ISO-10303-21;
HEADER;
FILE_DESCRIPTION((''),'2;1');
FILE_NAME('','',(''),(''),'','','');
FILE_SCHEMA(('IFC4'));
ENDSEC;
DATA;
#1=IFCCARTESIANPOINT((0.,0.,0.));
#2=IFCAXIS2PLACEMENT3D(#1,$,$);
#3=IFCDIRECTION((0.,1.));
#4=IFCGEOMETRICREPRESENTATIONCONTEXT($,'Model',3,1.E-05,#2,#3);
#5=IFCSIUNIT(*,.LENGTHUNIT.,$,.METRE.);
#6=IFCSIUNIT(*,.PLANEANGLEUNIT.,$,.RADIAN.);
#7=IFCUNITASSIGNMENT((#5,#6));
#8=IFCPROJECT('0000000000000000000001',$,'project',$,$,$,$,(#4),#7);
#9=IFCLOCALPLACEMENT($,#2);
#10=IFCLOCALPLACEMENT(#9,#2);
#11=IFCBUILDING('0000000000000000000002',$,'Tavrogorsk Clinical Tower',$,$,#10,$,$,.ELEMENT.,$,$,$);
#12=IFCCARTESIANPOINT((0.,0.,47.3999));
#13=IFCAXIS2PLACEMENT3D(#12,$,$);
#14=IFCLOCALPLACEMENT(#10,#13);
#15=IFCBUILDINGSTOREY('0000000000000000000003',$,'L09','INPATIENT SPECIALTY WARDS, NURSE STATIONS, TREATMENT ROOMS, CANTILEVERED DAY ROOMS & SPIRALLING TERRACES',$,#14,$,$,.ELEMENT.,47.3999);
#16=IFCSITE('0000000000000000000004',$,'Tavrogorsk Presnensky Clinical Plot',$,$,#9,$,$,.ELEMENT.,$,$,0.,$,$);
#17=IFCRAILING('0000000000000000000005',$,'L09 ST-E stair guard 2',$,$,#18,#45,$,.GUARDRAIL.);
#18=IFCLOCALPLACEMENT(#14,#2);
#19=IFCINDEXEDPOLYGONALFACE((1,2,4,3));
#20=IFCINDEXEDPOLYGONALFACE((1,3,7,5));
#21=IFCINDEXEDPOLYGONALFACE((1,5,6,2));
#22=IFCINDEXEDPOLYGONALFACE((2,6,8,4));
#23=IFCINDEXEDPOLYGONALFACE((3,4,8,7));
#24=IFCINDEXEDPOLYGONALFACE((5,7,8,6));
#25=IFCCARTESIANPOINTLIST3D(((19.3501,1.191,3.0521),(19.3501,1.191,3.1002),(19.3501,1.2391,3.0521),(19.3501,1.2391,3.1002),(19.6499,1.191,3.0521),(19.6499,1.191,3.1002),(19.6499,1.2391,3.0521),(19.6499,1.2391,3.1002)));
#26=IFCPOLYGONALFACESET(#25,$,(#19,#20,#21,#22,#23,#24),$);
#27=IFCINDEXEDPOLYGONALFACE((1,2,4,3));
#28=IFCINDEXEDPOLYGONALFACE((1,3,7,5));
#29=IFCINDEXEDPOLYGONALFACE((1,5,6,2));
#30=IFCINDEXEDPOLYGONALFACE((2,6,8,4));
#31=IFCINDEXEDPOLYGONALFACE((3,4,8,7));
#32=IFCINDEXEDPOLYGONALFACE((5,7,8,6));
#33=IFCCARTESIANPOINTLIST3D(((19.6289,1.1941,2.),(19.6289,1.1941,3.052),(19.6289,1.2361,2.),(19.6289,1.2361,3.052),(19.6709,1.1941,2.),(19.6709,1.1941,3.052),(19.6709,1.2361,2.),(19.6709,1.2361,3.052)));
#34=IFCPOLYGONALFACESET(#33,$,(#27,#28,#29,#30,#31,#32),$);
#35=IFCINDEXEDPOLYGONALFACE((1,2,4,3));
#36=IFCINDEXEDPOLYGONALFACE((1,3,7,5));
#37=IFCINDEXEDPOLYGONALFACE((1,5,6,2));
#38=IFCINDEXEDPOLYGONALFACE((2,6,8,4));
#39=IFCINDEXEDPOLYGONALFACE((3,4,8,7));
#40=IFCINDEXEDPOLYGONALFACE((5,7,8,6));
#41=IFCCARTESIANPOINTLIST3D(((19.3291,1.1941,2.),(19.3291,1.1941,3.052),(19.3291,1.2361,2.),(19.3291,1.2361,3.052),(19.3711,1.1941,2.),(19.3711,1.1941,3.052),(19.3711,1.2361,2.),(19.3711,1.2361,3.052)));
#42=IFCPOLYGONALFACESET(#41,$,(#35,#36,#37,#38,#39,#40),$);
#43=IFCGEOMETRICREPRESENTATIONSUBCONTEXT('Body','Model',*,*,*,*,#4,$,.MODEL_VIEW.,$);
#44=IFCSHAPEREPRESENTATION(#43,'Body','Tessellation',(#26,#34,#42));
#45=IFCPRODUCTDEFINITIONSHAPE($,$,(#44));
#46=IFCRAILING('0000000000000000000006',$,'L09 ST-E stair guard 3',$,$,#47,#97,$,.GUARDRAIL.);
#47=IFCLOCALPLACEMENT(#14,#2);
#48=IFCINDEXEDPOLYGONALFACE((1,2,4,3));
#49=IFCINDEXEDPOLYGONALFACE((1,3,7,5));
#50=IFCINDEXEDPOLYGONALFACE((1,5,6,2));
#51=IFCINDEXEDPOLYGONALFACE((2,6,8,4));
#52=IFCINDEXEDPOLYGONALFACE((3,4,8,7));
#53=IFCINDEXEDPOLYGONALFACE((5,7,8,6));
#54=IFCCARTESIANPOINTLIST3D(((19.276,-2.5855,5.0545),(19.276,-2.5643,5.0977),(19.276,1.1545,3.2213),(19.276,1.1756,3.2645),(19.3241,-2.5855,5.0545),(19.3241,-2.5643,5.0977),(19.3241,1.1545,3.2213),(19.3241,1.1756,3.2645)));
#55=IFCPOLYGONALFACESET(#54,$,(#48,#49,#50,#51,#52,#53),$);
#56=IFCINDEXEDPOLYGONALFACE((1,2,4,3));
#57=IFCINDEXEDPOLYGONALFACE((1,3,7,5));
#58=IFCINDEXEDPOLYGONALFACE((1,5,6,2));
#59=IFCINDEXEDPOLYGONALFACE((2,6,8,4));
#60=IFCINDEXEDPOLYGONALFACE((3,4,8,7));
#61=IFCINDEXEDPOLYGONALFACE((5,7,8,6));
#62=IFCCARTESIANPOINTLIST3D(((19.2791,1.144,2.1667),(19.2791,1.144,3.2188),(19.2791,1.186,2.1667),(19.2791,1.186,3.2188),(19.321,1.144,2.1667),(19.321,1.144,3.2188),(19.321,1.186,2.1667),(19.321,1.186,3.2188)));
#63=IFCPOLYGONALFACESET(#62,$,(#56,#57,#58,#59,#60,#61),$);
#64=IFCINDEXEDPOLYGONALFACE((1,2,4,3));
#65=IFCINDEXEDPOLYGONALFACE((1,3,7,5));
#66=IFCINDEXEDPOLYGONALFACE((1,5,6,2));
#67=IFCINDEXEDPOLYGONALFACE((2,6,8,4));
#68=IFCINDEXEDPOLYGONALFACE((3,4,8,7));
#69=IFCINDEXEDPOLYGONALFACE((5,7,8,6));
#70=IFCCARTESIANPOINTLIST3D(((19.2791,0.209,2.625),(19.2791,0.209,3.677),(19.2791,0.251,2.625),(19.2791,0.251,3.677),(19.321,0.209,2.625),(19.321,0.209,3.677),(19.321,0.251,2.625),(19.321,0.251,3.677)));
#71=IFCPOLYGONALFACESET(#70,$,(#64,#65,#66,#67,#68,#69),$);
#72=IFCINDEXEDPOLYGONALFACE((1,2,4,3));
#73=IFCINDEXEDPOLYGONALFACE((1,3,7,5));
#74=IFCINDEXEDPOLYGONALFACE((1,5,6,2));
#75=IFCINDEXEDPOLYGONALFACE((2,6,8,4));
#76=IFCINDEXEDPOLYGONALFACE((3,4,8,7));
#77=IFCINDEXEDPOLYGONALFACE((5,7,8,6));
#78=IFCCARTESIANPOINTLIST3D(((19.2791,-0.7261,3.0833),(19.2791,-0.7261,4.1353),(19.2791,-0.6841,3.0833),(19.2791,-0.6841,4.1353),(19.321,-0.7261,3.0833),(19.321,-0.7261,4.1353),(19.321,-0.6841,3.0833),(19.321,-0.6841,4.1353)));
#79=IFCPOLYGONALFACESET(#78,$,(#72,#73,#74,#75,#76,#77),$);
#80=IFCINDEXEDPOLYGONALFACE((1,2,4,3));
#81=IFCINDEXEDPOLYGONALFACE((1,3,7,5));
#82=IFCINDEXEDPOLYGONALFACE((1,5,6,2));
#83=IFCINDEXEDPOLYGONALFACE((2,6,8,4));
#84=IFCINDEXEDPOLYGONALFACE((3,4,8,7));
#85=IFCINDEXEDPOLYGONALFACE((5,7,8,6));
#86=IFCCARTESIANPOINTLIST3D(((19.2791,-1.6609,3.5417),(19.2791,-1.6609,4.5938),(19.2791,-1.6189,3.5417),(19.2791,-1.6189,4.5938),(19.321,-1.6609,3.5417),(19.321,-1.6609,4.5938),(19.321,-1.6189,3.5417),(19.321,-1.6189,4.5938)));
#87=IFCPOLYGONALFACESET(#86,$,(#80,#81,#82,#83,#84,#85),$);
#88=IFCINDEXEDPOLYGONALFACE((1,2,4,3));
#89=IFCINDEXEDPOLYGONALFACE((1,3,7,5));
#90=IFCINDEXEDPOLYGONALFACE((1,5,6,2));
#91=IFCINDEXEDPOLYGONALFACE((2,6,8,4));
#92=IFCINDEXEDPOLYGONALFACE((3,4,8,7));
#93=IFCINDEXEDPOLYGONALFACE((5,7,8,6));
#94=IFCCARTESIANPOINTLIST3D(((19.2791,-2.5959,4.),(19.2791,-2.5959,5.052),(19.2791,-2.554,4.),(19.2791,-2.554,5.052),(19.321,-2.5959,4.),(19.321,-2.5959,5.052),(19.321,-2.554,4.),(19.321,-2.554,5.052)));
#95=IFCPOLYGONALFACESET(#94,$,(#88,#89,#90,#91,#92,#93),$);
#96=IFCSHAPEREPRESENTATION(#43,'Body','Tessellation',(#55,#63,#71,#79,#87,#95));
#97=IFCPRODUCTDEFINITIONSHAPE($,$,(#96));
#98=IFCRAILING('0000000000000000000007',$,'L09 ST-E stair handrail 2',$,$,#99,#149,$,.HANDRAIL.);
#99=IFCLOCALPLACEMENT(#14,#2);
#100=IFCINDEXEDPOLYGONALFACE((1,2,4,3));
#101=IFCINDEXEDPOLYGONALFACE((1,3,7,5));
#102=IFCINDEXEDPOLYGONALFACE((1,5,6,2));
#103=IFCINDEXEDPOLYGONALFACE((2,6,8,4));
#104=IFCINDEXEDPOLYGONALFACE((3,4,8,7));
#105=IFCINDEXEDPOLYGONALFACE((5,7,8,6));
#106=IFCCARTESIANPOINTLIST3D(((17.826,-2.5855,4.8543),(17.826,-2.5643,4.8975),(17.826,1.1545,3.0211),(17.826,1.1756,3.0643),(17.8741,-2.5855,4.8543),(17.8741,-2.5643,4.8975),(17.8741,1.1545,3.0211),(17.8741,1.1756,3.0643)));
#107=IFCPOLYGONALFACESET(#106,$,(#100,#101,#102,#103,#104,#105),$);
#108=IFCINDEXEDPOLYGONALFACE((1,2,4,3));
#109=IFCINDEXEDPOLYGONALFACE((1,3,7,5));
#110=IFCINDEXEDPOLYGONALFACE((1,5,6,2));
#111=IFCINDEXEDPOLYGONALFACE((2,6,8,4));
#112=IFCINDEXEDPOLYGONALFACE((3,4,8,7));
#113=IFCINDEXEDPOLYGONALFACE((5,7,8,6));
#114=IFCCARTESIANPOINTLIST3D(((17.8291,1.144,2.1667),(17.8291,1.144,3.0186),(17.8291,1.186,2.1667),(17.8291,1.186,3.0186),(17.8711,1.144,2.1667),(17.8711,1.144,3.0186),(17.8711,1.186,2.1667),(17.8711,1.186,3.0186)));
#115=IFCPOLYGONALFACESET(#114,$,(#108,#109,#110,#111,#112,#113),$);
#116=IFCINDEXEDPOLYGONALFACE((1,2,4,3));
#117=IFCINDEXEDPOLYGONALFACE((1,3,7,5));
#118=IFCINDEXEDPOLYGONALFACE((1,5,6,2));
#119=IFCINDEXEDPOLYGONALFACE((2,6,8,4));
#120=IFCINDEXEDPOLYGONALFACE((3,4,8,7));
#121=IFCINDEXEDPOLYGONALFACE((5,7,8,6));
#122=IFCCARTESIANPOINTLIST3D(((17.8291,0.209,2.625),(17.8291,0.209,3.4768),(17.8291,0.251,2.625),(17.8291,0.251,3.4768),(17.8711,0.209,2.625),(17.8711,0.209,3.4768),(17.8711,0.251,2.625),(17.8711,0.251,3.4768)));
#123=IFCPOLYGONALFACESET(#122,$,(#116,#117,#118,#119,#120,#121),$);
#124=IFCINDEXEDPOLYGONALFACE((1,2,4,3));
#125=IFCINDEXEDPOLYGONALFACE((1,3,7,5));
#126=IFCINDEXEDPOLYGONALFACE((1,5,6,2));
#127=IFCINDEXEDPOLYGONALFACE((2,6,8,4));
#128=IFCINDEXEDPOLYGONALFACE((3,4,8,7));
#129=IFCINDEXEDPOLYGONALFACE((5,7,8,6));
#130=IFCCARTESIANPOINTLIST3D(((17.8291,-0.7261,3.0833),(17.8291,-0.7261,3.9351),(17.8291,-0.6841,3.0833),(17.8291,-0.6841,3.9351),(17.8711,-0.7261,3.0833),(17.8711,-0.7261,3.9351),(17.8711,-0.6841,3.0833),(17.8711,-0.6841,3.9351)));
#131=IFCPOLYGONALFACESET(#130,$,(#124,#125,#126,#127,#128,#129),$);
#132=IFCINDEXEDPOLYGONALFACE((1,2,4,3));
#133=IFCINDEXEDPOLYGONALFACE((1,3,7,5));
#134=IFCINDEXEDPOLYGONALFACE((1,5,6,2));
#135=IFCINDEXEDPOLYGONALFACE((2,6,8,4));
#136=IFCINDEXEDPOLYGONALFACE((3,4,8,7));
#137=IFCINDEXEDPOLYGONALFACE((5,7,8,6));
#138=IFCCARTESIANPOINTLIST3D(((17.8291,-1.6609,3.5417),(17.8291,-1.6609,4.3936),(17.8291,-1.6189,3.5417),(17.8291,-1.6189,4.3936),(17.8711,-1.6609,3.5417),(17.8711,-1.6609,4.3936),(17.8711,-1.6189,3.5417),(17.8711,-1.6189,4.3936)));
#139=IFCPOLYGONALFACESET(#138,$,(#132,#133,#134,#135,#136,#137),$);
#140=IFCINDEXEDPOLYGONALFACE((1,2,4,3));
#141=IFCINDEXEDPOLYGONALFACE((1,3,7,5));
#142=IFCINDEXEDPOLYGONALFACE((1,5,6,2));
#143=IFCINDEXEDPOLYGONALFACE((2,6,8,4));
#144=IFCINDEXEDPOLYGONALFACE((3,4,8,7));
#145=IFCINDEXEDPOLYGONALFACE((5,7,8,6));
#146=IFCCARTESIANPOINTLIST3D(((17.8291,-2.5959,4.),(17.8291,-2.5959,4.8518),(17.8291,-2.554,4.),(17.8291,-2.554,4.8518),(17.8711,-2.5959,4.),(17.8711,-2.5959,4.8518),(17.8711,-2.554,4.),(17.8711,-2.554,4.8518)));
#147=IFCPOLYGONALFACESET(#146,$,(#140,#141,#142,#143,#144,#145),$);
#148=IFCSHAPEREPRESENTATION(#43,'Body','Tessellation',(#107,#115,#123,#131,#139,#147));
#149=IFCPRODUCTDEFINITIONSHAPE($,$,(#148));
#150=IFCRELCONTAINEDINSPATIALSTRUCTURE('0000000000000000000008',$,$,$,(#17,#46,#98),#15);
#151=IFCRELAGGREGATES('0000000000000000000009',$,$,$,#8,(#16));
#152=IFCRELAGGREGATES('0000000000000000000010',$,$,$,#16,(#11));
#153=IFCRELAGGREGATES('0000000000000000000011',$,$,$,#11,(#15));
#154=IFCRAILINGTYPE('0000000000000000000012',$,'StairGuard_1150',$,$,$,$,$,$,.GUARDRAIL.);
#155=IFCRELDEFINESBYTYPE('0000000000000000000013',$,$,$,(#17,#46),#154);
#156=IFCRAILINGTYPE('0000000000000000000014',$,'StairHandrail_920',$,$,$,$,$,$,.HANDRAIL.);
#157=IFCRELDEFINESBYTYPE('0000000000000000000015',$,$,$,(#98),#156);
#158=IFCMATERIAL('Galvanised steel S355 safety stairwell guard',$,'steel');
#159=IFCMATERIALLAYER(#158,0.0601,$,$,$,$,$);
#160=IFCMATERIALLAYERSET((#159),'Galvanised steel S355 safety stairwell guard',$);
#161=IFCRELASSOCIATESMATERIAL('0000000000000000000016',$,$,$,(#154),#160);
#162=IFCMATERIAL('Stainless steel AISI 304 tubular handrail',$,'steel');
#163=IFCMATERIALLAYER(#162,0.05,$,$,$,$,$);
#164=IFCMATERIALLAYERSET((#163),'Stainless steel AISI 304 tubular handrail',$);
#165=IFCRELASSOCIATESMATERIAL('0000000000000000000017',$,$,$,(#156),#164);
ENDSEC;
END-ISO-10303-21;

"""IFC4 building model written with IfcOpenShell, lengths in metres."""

from ifc_helpers import new_model, si_unit, direction, frame, origin, origin_2d, place, context, subcontext, project, spatial, rectangle, extrude, material, layer, layer_set, type_object, element, save


model = new_model("IFC4")

# Units and contexts
model_context = context("Model", 3, precision=1e-05, world=origin(), true_north=direction((0.0, 1.0)))
body_context = subcontext(model_context, "Body", "Model", "MODEL_VIEW")
ifc_project = project(units=[si_unit("LENGTHUNIT", "METRE"), si_unit("PLANEANGLEUNIT", "RADIAN")], contexts=[model_context])

# Site, building, storey
site_placement = place(None, origin())
site = spatial("IfcSite", under=ifc_project, at=site_placement, Name="Tavrogorsk Presnensky Clinical Plot", CompositionType="ELEMENT", RefElevation=0.0)
building_placement = place(site_placement, origin())
building = spatial("IfcBuilding", under=site, at=building_placement, Name="Tavrogorsk Clinical Tower", CompositionType="ELEMENT")
storey_placement = place(building_placement, frame((0.0, 0.0, 47.3999)))
storey = spatial("IfcBuildingStorey", under=building, at=storey_placement, Name="L09", Description="INPATIENT SPECIALTY WARDS, NURSE STATIONS, TREATMENT ROOMS, CANTILEVERED DAY ROOMS & SPIRALLING TERRACES", CompositionType="ELEMENT", Elevation=47.3999)

# Railings
ifc_material_1 = material(Name="Galvanised steel S355 safety stairwell guard", Category="steel")
ifc_layer_1 = layer(ifc_material_1, 0.0601)
ifc_layer_set_1 = layer_set([ifc_layer_1], Name="Galvanised steel S355 safety stairwell guard")
railing_type_1 = type_object("IfcRailingType", Name="StairGuard_1150", PredefinedType="GUARDRAIL", material=ifc_layer_set_1)
railing_1_placement = place(storey_placement, frame((19.6499, 1.2151, 2.0)))
element("IfcRailing", 1, at=railing_1_placement, inside=storey, type_object=railing_type_1, Name="L09 ST-E stair guard 2", PredefinedType="GUARDRAIL", context=body_context, shape_type="SweptSolid", body=[
    extrude(rectangle(XDim=0.0481, YDim=0.0481, at=origin_2d()), frame((0.0, 0.0, 1.0762), z_axis=(-1.0, 0.0, 0.0), x_axis=(0.0, -1.0, 0.0)), (0.0, 0.0, 1.0), 0.2998),
    extrude(rectangle(XDim=0.042, YDim=0.042, at=origin_2d()), origin(), (0.0, 0.0, 1.0), 1.052),
    extrude(rectangle(XDim=0.042, YDim=0.042, at=origin_2d()), frame((-0.2998, 0.0, 0.0)), (0.0, 0.0, 1.0), 1.052),
])
railing_2_placement = place(storey_placement, frame((19.3, 1.165, 2.1667)))
element("IfcRailing", 2, at=railing_2_placement, inside=storey, type_object=railing_type_1, Name="L09 ST-E stair guard 3", PredefinedType="GUARDRAIL", context=body_context, shape_type="SweptSolid", body=[
    extrude(rectangle(XDim=0.0481, YDim=0.0481, at=origin_2d()), frame((0.0, 0.0, 1.0762), z_axis=(0.0, -0.897928, 0.440142), x_axis=(1.0, 0.0, 0.0)), (0.0, 0.0, 1.0), 4.165),
    extrude(rectangle(XDim=0.042, YDim=0.042, at=origin_2d()), origin(), (0.0, 0.0, 1.0), 1.052),
    extrude(rectangle(XDim=0.042, YDim=0.042, at=origin_2d()), frame((0.0, -0.9351, 0.4583)), (0.0, 0.0, 1.0), 1.052),
    extrude(rectangle(XDim=0.042, YDim=0.042, at=origin_2d()), frame((0.0, -1.8701, 0.9165)), (0.0, 0.0, 1.0), 1.052),
    extrude(rectangle(XDim=0.042, YDim=0.042, at=origin_2d()), frame((0.0, -2.8049, 1.375)), (0.0, 0.0, 1.0), 1.052),
    extrude(rectangle(XDim=0.042, YDim=0.042, at=origin_2d()), frame((0.0, -3.74, 1.8333)), (0.0, 0.0, 1.0), 1.052),
])
ifc_material_2 = material(Name="Stainless steel AISI 304 tubular handrail", Category="steel")
ifc_layer_2 = layer(ifc_material_2, 0.05)
ifc_layer_set_2 = layer_set([ifc_layer_2], Name="Stainless steel AISI 304 tubular handrail")
railing_type_2 = type_object("IfcRailingType", Name="StairHandrail_920", PredefinedType="HANDRAIL", material=ifc_layer_set_2)
railing_3_placement = place(storey_placement, frame((17.8501, 1.165, 2.1667)))
element("IfcRailing", 3, at=railing_3_placement, inside=storey, type_object=railing_type_2, Name="L09 ST-E stair handrail 2", PredefinedType="HANDRAIL", context=body_context, shape_type="SweptSolid", body=[
    extrude(rectangle(XDim=0.0481, YDim=0.0481, at=origin_2d()), frame((0.0, 0.0, 0.876), z_axis=(0.0, -0.897928, 0.440142), x_axis=(1.0, 0.0, 0.0)), (0.0, 0.0, 1.0), 4.165),
    extrude(rectangle(XDim=0.042, YDim=0.042, at=origin_2d()), origin(), (0.0, 0.0, 1.0), 0.8518),
    extrude(rectangle(XDim=0.042, YDim=0.042, at=origin_2d()), frame((0.0, -0.9351, 0.4583)), (0.0, 0.0, 1.0), 0.8518),
    extrude(rectangle(XDim=0.042, YDim=0.042, at=origin_2d()), frame((0.0, -1.8701, 0.9165)), (0.0, 0.0, 1.0), 0.8518),
    extrude(rectangle(XDim=0.042, YDim=0.042, at=origin_2d()), frame((0.0, -2.8049, 1.375)), (0.0, 0.0, 1.0), 0.8518),
    extrude(rectangle(XDim=0.042, YDim=0.042, at=origin_2d()), frame((0.0, -3.74, 1.8333)), (0.0, 0.0, 1.0), 0.8518),
])

save(model, "model.ifc")
